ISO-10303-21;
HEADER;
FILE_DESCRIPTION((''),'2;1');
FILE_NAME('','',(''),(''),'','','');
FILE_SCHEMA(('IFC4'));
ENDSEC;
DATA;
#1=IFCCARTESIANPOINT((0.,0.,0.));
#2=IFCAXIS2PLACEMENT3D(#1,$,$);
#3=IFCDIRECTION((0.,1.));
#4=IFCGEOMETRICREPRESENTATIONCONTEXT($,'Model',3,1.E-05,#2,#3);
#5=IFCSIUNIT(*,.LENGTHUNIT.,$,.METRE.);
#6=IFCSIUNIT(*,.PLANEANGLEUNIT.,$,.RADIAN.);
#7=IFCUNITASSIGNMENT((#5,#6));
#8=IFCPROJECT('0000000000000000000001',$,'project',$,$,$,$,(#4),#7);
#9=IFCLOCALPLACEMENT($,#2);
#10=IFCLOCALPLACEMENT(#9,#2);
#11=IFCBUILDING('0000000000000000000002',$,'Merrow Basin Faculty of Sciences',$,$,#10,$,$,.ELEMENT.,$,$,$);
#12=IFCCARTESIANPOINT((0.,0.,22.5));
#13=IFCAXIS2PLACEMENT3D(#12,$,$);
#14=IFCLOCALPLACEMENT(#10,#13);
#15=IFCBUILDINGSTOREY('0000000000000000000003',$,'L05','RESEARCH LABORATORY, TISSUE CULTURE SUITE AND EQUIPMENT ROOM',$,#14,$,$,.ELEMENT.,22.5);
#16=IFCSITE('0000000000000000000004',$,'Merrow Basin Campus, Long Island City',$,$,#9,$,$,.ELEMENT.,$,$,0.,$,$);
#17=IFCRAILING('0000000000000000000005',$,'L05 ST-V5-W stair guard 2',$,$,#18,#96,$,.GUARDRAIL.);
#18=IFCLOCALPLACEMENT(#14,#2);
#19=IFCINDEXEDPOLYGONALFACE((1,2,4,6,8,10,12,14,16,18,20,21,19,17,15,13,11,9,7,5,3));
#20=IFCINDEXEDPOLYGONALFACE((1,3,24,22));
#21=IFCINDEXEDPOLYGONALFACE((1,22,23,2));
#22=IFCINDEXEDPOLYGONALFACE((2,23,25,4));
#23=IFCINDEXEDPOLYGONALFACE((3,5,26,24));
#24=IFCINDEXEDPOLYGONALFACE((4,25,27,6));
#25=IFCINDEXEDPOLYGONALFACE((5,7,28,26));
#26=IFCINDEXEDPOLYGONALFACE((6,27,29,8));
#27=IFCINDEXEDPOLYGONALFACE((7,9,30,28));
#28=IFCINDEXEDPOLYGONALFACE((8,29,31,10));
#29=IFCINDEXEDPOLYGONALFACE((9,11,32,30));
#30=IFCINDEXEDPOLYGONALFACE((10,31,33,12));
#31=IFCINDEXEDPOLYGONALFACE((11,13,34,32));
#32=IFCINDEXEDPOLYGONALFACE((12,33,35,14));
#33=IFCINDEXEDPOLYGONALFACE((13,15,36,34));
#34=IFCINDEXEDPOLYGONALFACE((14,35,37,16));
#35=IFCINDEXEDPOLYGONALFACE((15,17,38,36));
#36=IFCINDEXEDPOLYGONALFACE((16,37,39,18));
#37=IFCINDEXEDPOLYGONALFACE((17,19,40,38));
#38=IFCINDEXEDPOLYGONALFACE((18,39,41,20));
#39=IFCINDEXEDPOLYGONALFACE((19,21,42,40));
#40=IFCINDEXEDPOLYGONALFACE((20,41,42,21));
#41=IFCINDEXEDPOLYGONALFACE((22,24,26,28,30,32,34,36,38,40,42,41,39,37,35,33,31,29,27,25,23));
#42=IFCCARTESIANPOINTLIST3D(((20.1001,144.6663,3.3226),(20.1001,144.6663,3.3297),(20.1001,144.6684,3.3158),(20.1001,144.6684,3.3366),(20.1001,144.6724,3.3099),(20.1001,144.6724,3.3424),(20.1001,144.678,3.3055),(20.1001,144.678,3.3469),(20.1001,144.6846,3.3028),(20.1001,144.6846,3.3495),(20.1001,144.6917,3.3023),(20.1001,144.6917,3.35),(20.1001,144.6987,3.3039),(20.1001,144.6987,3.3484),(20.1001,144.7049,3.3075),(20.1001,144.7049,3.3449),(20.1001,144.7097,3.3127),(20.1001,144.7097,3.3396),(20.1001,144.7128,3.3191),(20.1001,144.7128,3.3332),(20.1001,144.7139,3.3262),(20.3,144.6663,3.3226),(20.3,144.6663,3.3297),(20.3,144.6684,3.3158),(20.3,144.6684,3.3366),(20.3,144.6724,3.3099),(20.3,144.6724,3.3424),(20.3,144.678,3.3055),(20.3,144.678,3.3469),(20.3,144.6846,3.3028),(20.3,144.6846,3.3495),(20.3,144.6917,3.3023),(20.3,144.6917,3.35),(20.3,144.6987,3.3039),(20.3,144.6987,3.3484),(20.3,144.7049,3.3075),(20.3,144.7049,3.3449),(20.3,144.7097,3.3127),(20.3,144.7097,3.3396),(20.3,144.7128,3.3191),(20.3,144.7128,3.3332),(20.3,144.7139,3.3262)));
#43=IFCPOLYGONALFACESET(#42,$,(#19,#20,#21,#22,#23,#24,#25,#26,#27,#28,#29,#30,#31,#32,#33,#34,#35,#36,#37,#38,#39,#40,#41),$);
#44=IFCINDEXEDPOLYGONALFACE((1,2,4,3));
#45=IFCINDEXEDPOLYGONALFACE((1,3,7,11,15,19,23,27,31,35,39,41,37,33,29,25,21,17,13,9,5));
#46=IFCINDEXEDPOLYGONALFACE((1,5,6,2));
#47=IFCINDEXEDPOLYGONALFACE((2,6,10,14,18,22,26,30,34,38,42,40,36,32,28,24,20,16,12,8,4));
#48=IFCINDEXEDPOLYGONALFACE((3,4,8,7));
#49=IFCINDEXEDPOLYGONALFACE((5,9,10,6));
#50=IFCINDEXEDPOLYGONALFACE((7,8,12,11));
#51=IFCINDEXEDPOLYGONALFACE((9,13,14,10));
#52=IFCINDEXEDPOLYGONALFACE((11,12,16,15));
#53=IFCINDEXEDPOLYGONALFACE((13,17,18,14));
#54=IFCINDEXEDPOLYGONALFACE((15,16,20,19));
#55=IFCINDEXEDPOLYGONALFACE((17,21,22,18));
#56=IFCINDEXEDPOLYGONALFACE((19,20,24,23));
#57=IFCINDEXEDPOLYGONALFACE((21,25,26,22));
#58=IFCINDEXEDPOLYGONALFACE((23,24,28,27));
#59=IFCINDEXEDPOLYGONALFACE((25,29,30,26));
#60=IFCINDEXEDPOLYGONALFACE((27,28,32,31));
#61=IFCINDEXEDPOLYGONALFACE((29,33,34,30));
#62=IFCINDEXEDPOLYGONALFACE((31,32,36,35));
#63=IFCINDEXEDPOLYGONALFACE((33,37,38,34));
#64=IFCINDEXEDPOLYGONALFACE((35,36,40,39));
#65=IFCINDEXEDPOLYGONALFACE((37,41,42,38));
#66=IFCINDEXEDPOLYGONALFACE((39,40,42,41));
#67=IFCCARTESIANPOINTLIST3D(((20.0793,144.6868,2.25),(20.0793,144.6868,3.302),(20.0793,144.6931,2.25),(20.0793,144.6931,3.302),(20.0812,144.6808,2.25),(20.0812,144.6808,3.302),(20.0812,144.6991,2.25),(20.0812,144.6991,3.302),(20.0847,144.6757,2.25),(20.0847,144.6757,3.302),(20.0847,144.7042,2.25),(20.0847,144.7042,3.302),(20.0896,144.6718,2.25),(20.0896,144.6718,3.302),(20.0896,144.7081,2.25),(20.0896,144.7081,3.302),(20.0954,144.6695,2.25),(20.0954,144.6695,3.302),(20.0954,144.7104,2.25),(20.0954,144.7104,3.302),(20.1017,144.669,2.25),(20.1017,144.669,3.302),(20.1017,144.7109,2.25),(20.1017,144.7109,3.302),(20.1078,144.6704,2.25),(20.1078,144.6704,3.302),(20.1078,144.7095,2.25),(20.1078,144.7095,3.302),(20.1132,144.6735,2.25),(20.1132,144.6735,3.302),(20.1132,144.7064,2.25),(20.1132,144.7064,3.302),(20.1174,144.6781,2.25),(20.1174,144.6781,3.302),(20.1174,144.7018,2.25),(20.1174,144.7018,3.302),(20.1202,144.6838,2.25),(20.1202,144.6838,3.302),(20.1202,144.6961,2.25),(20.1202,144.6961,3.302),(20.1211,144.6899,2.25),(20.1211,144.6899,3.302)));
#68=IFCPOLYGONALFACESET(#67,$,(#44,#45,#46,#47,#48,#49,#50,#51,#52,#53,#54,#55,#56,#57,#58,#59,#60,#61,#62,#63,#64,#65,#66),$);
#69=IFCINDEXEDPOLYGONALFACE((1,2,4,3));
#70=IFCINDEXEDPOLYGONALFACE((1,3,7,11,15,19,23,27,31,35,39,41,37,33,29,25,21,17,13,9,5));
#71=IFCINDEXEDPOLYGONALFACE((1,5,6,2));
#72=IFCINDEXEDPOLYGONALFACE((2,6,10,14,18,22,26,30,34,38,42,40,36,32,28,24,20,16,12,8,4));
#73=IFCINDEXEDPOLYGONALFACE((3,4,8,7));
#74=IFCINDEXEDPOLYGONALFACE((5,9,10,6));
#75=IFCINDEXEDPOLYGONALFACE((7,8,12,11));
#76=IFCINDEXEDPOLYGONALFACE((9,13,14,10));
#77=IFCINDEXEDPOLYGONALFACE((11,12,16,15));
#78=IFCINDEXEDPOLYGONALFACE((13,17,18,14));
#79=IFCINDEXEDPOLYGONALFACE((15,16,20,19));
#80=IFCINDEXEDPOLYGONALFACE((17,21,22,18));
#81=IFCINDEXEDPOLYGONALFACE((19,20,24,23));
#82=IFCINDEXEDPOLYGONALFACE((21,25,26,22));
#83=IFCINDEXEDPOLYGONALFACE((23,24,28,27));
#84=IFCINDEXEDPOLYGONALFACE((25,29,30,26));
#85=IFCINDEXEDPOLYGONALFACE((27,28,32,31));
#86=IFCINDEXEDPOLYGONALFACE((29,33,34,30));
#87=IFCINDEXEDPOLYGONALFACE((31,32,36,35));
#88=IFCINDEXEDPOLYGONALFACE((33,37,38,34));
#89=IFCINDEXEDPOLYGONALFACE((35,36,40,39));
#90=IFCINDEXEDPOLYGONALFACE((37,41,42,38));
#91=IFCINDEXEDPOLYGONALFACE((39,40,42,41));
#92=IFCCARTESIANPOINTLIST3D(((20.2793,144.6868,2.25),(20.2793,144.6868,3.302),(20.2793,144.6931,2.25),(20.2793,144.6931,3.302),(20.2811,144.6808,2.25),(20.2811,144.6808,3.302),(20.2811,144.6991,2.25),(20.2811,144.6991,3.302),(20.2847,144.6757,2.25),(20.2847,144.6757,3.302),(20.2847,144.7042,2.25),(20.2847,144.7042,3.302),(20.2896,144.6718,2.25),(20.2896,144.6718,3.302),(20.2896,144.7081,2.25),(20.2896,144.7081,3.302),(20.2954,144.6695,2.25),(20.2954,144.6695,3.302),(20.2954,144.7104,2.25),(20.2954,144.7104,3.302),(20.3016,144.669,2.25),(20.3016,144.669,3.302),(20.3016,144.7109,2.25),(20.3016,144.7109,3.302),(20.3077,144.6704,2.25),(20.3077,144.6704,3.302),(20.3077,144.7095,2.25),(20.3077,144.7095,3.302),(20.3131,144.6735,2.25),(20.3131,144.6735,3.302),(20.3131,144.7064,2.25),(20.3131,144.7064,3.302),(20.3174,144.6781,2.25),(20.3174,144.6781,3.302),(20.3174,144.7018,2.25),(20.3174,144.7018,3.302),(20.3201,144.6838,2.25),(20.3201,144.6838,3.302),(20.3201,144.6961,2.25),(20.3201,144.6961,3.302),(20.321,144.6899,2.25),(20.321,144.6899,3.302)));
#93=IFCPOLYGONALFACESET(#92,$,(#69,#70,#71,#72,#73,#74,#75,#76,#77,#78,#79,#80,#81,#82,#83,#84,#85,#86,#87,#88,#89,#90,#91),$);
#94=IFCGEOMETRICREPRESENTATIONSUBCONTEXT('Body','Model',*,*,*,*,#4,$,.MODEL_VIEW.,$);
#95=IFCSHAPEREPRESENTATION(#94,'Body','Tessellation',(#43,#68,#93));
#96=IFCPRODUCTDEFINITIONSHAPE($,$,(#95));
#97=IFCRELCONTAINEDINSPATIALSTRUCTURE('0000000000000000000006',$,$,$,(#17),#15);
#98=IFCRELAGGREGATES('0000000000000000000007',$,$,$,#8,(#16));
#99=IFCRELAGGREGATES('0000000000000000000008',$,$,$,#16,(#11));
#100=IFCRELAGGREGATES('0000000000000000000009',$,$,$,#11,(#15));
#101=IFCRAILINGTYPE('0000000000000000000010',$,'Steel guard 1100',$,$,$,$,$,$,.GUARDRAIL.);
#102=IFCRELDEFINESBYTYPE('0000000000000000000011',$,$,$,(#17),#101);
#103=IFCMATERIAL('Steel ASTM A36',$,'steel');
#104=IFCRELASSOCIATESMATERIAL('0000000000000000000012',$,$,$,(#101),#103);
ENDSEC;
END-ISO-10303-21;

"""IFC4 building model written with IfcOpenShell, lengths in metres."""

from ifc_helpers import new_model, si_unit, direction, frame, origin, origin_2d, place, context, subcontext, project, spatial, circle, extrude, material, type_object, element, save


model = new_model("IFC4")

# Units and contexts
model_context = context("Model", 3, precision=1e-05, world=origin(), true_north=direction((0.0, 1.0)))
body_context = subcontext(model_context, "Body", "Model", "MODEL_VIEW")
ifc_project = project(units=[si_unit("LENGTHUNIT", "METRE"), si_unit("PLANEANGLEUNIT", "RADIAN")], contexts=[model_context])

# Site, building, storey
site_placement = place(None, origin())
site = spatial("IfcSite", under=ifc_project, at=site_placement, Name="Merrow Basin Campus, Long Island City", CompositionType="ELEMENT", RefElevation=0.0)
building_placement = place(site_placement, origin())
building = spatial("IfcBuilding", under=site, at=building_placement, Name="Merrow Basin Faculty of Sciences", CompositionType="ELEMENT")
storey_placement = place(building_placement, frame((0.0, 0.0, 22.5)))
storey = spatial("IfcBuildingStorey", under=building, at=storey_placement, Name="L05", Description="RESEARCH LABORATORY, TISSUE CULTURE SUITE AND EQUIPMENT ROOM", CompositionType="ELEMENT", Elevation=22.5)

# Railing
ifc_material_1 = material(Name="Steel ASTM A36", Category="steel")
railing_type_1 = type_object("IfcRailingType", Name="Steel guard 1100", PredefinedType="GUARDRAIL", material=ifc_material_1)
railing_1_placement = place(storey_placement, frame((20.1001, 144.6899, 2.25)))
element("IfcRailing", 1, at=railing_1_placement, inside=storey, type_object=railing_type_1, Name="L05 ST-V5-W stair guard 2", PredefinedType="GUARDRAIL", context=body_context, shape_type="SweptSolid", body=[
    extrude(circle(Radius=0.0239, at=origin_2d()), frame((0.0, 0.0, 1.0762), z_axis=(1.0, 0.0, 0.0), x_axis=(0.0, 1.0, 0.0)), (0.0, 0.0, 1.0), 0.2),
    extrude(circle(Radius=0.021, at=origin_2d()), origin(), (0.0, 0.0, 1.0), 1.052),
    extrude(circle(Radius=0.021, at=origin_2d()), frame((0.2, 0.0, 0.0)), (0.0, 0.0, 1.0), 1.052),
])

save(model, "model.ifc")
